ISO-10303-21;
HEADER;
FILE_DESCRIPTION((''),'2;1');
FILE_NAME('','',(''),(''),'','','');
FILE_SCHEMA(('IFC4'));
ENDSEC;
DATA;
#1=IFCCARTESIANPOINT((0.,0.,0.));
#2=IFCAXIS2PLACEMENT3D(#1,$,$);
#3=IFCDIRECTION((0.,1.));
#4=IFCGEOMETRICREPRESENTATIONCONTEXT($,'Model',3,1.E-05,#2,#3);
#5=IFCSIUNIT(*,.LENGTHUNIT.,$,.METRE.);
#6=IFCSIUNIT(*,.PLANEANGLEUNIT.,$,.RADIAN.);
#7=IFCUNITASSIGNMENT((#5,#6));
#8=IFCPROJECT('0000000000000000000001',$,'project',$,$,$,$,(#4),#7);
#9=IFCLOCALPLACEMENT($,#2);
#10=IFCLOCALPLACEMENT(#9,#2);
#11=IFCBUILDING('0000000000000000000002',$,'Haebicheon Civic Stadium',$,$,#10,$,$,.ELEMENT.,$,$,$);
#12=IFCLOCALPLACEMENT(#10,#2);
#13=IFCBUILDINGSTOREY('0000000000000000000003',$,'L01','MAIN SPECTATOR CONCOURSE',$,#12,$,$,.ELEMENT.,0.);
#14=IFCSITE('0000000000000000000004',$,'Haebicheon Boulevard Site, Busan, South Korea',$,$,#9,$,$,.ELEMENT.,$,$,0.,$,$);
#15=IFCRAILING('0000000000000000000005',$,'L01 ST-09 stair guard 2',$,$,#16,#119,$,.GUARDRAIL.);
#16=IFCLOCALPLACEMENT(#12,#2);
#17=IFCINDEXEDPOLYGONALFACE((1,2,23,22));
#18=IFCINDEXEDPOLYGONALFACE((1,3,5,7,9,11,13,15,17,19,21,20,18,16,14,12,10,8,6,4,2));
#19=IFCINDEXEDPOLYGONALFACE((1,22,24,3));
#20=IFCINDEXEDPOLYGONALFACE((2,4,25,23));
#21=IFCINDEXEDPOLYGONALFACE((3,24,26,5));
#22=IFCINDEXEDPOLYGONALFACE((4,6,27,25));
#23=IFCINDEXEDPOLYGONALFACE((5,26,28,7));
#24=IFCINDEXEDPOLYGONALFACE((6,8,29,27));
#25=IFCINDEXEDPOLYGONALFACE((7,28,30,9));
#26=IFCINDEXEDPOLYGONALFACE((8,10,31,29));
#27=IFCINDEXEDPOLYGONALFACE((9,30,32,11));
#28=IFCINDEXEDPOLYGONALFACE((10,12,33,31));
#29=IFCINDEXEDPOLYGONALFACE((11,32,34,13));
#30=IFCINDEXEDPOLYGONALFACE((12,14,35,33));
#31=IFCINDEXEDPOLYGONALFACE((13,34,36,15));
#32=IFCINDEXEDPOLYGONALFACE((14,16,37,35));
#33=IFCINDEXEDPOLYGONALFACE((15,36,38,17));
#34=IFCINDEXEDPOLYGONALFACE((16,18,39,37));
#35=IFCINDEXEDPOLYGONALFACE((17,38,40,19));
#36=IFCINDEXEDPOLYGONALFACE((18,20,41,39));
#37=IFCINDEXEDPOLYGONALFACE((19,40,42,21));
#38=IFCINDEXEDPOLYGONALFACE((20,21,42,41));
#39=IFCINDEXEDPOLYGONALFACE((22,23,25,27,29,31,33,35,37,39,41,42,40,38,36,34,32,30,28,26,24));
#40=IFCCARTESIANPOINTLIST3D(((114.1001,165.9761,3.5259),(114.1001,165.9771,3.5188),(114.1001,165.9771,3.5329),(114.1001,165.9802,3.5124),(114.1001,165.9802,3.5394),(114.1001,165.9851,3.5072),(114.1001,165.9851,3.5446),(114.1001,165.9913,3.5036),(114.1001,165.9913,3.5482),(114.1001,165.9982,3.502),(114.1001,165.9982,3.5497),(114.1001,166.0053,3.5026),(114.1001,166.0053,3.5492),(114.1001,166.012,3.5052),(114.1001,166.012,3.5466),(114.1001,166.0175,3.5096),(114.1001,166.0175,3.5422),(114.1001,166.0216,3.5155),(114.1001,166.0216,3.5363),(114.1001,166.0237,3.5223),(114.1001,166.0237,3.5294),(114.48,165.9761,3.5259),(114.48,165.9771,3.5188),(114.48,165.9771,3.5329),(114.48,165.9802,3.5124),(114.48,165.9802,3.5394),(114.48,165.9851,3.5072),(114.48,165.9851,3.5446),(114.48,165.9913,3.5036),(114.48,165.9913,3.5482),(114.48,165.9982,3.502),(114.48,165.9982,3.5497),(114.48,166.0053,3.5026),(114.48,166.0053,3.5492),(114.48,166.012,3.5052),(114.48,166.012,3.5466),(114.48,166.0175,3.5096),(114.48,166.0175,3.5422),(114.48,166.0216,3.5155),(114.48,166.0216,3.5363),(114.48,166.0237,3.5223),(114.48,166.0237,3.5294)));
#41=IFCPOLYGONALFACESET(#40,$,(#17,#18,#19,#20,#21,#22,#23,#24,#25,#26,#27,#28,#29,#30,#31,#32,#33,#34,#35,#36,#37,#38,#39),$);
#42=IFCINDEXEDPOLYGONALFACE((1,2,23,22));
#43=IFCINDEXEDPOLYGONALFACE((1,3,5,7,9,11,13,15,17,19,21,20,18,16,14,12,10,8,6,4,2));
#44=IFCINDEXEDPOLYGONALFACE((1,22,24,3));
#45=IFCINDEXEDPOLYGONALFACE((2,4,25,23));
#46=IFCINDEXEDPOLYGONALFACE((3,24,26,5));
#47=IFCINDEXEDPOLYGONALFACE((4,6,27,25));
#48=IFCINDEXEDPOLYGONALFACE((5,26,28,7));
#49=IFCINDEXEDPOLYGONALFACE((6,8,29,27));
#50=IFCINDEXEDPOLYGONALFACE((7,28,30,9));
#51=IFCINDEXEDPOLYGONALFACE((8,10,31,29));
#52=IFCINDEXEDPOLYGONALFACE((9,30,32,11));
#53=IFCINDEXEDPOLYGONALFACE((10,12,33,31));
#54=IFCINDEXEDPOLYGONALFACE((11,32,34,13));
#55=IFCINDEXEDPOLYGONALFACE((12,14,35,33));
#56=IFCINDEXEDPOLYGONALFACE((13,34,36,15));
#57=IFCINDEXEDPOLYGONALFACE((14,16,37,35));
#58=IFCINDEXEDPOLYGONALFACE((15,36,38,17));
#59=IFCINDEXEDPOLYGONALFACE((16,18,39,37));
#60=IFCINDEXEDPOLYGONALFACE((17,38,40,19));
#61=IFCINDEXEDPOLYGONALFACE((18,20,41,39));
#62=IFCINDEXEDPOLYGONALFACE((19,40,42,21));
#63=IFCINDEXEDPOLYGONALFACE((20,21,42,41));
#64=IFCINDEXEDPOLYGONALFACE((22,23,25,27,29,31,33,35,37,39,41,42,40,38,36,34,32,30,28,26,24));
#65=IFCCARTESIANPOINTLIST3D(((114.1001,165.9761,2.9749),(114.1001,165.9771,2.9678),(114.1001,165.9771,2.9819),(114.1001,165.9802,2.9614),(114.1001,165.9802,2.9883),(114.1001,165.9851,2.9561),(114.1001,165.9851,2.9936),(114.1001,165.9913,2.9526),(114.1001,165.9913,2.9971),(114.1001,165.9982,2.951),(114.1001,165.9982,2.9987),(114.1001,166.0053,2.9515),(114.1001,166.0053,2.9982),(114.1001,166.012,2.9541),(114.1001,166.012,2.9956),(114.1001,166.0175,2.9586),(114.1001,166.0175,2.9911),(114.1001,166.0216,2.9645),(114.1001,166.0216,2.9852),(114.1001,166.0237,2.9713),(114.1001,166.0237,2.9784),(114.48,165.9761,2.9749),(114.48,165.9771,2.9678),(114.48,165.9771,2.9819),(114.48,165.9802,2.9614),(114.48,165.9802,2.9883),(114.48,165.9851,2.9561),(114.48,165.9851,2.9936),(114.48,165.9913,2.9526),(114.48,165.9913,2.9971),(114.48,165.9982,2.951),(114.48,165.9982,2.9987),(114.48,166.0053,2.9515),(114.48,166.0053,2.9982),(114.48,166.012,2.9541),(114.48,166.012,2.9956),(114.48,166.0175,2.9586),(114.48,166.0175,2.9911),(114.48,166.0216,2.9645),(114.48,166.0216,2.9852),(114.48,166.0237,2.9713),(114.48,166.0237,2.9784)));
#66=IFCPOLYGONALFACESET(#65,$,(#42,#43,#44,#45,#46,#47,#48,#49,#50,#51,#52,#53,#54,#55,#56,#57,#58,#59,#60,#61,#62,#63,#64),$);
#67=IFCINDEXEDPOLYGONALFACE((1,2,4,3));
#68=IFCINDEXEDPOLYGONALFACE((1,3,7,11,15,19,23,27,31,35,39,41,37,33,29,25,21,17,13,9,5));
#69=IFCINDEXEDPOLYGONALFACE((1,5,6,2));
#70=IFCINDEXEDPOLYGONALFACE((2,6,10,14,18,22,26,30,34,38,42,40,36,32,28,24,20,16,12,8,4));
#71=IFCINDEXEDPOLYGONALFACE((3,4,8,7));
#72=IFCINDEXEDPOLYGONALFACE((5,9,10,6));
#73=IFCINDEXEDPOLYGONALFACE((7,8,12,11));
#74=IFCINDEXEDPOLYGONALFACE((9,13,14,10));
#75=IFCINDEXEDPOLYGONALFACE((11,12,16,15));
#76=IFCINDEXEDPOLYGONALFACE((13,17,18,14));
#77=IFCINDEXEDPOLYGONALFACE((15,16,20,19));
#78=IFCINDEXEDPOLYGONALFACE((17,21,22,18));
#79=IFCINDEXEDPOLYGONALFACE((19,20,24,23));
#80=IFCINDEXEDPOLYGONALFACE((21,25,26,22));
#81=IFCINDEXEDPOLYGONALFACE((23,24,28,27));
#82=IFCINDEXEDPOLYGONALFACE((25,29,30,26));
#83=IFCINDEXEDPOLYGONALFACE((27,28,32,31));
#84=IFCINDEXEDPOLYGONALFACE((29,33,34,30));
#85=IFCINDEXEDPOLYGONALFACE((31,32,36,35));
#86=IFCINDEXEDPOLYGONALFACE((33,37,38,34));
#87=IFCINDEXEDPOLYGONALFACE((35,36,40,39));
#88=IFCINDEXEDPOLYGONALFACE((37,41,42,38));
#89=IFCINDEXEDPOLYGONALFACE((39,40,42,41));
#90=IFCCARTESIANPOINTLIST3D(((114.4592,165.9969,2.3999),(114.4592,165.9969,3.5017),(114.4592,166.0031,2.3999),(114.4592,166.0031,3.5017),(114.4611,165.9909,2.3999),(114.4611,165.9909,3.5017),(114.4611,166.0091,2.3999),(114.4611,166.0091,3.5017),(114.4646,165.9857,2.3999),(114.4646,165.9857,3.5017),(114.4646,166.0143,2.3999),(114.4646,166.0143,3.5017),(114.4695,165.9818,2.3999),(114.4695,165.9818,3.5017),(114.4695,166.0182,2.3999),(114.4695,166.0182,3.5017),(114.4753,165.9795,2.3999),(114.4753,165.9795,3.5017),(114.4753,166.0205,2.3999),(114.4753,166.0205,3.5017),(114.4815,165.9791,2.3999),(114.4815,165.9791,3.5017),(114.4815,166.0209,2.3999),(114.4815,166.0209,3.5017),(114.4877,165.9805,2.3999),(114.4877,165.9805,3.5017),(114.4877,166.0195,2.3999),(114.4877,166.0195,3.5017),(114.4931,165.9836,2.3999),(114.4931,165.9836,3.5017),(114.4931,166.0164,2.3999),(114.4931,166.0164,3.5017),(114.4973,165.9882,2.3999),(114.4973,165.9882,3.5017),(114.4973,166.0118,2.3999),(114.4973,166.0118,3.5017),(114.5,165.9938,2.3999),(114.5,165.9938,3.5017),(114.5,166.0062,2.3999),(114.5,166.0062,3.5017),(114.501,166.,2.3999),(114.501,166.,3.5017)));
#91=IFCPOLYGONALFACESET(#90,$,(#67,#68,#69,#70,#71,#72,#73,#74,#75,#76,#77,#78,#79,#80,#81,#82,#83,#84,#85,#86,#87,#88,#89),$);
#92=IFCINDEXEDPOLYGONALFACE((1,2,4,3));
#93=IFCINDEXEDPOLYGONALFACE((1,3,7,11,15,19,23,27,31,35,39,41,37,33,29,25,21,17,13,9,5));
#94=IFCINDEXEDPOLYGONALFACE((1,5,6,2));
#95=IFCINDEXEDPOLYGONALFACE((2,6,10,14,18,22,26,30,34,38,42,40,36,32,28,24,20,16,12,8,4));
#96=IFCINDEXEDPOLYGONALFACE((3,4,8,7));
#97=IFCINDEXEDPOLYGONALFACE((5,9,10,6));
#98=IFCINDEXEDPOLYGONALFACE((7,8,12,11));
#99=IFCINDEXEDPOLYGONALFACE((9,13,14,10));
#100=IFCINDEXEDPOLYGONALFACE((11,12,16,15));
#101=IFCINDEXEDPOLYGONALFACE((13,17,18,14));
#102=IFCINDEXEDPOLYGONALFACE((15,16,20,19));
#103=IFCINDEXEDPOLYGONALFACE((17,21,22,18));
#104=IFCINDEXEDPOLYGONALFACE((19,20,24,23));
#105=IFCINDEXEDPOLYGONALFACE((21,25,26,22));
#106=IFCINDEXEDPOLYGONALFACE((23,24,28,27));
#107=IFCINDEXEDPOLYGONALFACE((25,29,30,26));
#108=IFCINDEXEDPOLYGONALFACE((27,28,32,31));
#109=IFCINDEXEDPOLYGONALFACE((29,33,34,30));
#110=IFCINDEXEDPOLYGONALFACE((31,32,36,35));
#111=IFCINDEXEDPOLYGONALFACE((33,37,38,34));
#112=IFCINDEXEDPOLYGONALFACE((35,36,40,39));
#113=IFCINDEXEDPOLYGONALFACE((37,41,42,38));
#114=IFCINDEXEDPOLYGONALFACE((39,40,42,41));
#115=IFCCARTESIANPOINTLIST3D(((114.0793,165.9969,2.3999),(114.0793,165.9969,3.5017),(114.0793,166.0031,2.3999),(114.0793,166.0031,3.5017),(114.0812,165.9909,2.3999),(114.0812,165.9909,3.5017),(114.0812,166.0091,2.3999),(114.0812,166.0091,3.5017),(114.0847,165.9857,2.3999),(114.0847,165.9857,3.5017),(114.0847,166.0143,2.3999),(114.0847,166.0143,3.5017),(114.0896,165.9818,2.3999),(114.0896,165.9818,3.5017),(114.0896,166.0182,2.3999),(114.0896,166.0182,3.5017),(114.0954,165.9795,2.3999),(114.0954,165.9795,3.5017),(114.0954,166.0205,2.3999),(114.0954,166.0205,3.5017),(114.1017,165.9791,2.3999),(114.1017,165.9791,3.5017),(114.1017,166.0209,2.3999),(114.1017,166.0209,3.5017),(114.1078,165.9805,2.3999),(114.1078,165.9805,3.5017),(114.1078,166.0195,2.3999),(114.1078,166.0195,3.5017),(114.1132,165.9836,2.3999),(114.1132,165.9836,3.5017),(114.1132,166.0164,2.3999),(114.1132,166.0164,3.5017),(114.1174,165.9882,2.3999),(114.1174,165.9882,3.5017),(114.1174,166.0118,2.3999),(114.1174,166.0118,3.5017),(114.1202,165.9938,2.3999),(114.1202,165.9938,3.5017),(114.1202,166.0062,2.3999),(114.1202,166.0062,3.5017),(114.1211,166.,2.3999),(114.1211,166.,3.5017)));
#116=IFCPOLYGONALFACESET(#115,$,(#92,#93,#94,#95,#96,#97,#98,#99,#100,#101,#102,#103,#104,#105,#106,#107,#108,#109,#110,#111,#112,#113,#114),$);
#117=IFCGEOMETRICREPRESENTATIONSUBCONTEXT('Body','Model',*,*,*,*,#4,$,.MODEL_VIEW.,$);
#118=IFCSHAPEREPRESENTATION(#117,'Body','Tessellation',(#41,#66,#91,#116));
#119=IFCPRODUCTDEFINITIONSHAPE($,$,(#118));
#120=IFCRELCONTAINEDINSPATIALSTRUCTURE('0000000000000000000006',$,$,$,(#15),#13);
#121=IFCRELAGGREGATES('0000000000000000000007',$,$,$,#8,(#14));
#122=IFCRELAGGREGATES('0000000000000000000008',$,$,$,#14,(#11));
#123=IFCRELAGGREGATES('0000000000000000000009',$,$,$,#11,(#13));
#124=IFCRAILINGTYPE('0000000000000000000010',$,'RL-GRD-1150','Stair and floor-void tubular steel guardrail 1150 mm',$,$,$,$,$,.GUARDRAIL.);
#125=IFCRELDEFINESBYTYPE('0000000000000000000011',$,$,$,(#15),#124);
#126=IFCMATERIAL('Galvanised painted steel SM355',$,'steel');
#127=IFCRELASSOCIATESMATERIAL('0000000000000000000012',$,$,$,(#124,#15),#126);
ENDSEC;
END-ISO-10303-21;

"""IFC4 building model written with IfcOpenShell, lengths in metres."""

from ifc_helpers import new_model, si_unit, direction, frame, origin, origin_2d, place, context, subcontext, project, spatial, circle, extrude, material, type_object, element, save


model = new_model("IFC4")

# Units and contexts
model_context = context("Model", 3, precision=1e-05, world=origin(), true_north=direction((0.0, 1.0)))
body_context = subcontext(model_context, "Body", "Model", "MODEL_VIEW")
ifc_project = project(units=[si_unit("LENGTHUNIT", "METRE"), si_unit("PLANEANGLEUNIT", "RADIAN")], contexts=[model_context])

# Site, building, storey
site_placement = place(None, origin())
site = spatial("IfcSite", under=ifc_project, at=site_placement, Name="Haebicheon Boulevard Site, Busan, South Korea", CompositionType="ELEMENT", RefElevation=0.0)
building_placement = place(site_placement, origin())
building = spatial("IfcBuilding", under=site, at=building_placement, Name="Haebicheon Civic Stadium", CompositionType="ELEMENT")
storey_placement = place(building_placement, origin())
storey = spatial("IfcBuildingStorey", under=building, at=storey_placement, Name="L01", Description="MAIN SPECTATOR CONCOURSE", CompositionType="ELEMENT", Elevation=0.0)

# Railing
ifc_material_1 = material(Name="Galvanised painted steel SM355", Category="steel")
railing_type_1 = type_object("IfcRailingType", Name="RL-GRD-1150", Description="Stair and floor-void tubular steel guardrail 1150 mm", PredefinedType="GUARDRAIL", material=ifc_material_1)
railing_1_placement = place(storey_placement, frame((114.48, 166.0, 2.3999)))
element("IfcRailing", 1, at=railing_1_placement, inside=storey, type_object=railing_type_1, material=ifc_material_1, Name="L01 ST-09 stair guard 2", PredefinedType="GUARDRAIL", context=body_context, shape_type="SweptSolid", body=[
    extrude(circle(Radius=0.0239, at=origin_2d()), frame((0.0, 0.0, 1.126), z_axis=(-1.0, 0.0, 0.0), x_axis=(0.0, -1.0, 0.0)), (0.0, 0.0, 1.0), 0.3799),
    extrude(circle(Radius=0.0239, at=origin_2d()), frame((0.0, 0.0, 0.575), z_axis=(-1.0, 0.0, 0.0), x_axis=(0.0, -1.0, 0.0)), (0.0, 0.0, 1.0), 0.3799),
    extrude(circle(Radius=0.021, at=origin_2d()), origin(), (0.0, 0.0, 1.0), 1.1018),
    extrude(circle(Radius=0.021, at=origin_2d()), frame((-0.3799, 0.0, 0.0)), (0.0, 0.0, 1.0), 1.1018),
])

save(model, "model.ifc")
